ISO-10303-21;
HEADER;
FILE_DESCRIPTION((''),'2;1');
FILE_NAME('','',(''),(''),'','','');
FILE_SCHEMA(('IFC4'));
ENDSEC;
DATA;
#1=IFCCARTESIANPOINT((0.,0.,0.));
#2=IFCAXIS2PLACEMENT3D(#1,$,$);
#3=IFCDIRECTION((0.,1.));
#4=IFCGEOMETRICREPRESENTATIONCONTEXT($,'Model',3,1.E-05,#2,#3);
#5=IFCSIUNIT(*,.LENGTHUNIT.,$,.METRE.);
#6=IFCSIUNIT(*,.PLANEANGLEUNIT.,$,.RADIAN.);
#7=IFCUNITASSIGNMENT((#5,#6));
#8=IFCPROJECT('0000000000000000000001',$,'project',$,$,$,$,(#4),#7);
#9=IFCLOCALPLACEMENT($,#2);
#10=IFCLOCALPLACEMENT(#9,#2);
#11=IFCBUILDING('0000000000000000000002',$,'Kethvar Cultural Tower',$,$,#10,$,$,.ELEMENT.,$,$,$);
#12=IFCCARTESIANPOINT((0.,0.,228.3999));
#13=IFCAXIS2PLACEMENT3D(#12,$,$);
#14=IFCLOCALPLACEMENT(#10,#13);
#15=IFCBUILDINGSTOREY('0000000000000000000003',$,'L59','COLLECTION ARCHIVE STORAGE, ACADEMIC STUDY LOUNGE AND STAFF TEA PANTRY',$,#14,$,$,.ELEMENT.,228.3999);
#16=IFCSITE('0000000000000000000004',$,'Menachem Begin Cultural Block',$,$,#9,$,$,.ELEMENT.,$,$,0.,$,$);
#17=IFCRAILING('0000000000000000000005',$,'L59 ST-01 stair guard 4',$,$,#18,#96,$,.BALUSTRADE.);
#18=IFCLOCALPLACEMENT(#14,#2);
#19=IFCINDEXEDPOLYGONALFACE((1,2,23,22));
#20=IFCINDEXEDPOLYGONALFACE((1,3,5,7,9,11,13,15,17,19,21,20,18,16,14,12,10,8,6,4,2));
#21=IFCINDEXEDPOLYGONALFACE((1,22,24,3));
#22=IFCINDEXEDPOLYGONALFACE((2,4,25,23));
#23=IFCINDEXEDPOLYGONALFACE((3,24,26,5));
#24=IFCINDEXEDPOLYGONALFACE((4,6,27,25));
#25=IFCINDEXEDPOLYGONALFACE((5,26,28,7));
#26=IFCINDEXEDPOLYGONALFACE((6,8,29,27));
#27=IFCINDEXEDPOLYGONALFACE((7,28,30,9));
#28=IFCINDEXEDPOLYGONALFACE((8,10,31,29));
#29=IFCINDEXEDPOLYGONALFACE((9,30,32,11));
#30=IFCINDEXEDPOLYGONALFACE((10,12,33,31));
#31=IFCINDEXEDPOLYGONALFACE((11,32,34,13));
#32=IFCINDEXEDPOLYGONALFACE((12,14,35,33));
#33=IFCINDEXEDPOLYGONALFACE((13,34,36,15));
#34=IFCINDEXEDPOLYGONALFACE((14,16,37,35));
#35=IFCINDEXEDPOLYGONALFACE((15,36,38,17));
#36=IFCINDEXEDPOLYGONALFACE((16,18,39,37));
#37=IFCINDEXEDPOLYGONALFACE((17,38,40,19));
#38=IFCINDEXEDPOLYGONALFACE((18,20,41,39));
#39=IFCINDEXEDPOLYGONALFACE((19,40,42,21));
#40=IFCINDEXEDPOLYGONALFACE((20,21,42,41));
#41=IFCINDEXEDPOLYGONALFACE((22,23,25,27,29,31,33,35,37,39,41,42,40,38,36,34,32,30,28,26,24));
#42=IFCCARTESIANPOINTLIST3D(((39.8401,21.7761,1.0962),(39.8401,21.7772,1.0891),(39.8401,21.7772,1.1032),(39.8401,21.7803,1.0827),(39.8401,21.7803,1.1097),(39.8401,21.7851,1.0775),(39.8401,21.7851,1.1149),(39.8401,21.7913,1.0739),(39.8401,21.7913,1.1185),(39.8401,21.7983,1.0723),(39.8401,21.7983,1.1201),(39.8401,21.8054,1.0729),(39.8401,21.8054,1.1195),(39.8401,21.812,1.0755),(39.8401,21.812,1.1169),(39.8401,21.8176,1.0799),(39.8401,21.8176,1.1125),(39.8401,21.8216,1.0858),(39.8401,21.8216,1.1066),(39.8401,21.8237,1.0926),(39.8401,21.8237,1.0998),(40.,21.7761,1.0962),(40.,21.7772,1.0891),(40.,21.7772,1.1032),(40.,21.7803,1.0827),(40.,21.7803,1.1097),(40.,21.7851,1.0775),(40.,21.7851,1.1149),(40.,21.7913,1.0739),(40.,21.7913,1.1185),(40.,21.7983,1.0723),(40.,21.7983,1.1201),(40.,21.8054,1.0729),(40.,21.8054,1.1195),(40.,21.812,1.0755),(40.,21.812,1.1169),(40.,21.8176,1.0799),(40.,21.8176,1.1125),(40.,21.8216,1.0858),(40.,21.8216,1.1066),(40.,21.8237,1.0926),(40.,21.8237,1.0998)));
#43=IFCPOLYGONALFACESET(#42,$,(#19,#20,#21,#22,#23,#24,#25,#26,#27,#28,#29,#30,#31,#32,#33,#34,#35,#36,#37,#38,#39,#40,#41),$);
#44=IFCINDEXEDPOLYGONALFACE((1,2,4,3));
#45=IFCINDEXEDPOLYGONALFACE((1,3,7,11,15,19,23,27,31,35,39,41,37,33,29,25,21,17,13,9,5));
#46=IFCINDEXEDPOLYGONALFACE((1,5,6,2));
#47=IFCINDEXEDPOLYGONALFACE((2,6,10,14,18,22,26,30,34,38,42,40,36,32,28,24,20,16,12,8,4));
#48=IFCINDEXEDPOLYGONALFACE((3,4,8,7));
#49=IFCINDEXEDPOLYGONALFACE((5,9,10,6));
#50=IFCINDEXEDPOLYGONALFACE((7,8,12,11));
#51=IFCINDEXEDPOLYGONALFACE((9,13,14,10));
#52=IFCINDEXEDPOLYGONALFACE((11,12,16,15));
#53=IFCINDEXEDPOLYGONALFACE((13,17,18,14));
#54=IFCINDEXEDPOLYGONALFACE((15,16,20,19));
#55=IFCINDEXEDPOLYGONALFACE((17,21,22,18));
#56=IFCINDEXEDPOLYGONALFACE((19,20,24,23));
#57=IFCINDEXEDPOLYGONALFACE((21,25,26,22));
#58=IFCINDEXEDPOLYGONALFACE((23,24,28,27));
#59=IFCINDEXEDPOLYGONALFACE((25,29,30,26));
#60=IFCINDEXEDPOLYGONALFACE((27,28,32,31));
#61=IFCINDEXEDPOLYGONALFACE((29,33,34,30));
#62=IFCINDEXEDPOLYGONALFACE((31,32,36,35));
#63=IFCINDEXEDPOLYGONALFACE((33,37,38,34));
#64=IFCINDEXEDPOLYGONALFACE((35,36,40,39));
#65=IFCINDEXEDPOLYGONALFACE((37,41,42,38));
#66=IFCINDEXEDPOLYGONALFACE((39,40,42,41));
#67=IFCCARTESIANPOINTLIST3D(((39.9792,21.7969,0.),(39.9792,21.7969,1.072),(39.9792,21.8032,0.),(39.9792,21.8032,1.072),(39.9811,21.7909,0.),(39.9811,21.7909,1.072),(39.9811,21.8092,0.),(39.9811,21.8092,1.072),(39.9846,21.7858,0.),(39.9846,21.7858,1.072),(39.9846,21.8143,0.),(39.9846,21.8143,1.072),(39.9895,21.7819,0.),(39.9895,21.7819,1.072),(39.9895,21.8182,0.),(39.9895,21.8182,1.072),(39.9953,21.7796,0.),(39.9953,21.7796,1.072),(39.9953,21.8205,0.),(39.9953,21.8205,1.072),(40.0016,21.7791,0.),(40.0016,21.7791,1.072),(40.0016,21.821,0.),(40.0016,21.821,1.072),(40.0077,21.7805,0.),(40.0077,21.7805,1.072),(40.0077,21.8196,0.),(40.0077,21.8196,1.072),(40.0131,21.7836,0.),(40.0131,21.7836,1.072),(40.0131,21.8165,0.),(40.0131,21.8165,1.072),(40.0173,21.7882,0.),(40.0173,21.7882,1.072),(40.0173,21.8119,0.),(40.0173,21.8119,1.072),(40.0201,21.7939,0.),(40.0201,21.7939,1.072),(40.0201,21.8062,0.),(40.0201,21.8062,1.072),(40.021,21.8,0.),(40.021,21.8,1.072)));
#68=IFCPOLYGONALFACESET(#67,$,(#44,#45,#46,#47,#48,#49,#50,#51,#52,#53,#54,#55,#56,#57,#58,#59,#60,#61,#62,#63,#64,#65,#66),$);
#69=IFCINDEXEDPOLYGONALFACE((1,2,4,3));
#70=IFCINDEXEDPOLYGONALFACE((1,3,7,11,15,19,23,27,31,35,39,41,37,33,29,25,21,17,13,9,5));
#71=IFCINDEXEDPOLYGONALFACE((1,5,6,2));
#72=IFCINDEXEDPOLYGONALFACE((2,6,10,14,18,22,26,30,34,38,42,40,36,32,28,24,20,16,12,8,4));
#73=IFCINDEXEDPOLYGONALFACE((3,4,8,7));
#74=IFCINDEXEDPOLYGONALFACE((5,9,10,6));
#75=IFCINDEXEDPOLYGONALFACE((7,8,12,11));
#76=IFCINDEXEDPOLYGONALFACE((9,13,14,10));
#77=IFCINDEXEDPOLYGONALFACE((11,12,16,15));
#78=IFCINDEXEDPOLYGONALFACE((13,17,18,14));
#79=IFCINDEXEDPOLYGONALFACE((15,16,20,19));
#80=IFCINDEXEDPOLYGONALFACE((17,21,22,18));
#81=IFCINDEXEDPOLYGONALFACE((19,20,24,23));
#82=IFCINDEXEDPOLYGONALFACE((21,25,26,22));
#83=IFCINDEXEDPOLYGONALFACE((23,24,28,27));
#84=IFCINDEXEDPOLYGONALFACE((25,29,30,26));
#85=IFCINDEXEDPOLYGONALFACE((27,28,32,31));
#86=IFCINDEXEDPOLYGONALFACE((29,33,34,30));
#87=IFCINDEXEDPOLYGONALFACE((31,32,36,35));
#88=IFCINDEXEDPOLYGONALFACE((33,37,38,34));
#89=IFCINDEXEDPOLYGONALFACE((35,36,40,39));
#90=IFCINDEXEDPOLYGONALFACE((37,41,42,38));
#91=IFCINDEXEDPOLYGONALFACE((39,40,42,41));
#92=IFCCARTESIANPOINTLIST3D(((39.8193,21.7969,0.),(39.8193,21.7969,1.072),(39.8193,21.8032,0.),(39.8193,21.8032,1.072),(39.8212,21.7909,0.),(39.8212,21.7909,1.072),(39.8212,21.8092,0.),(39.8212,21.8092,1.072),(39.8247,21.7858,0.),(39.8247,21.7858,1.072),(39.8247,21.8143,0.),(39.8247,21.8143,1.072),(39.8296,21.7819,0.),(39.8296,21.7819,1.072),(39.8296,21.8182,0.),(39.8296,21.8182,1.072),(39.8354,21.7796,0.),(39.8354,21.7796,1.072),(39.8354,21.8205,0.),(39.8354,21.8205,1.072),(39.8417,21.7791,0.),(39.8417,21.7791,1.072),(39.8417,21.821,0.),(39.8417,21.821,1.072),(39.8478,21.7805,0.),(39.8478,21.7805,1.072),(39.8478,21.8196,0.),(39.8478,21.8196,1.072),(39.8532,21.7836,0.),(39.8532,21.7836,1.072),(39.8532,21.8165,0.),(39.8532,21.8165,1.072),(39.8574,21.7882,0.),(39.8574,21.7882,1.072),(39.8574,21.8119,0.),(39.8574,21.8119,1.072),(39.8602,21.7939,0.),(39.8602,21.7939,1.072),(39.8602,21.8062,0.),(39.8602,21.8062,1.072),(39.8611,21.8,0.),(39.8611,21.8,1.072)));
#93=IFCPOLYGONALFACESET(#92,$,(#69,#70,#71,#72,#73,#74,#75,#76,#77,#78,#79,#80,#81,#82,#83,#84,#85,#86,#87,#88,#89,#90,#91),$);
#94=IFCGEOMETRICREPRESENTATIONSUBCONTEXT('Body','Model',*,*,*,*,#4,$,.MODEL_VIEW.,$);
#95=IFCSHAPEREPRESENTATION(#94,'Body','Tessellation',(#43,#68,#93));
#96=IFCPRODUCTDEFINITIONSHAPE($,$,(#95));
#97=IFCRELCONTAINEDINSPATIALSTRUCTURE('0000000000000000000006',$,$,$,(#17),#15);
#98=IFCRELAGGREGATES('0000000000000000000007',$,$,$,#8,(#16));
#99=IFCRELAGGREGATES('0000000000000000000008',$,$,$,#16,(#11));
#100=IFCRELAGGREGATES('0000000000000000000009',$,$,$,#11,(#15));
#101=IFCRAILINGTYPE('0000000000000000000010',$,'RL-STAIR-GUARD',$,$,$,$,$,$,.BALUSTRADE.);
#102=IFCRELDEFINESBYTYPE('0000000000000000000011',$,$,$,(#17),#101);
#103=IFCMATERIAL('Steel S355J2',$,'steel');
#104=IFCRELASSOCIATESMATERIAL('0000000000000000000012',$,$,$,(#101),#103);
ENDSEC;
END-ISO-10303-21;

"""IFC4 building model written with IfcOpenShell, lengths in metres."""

from ifc_helpers import new_model, si_unit, direction, frame, origin, origin_2d, place, context, subcontext, project, spatial, circle, extrude, material, type_object, element, save


model = new_model("IFC4")

# Units and contexts
model_context = context("Model", 3, precision=1e-05, world=origin(), true_north=direction((0.0, 1.0)))
body_context = subcontext(model_context, "Body", "Model", "MODEL_VIEW")
ifc_project = project(units=[si_unit("LENGTHUNIT", "METRE"), si_unit("PLANEANGLEUNIT", "RADIAN")], contexts=[model_context])

# Site, building, storey
site_placement = place(None, origin())
site = spatial("IfcSite", under=ifc_project, at=site_placement, Name="Menachem Begin Cultural Block", CompositionType="ELEMENT", RefElevation=0.0)
building_placement = place(site_placement, origin())
building = spatial("IfcBuilding", under=site, at=building_placement, Name="Kethvar Cultural Tower", CompositionType="ELEMENT")
storey_placement = place(building_placement, frame((0.0, 0.0, 228.3999)))
storey = spatial("IfcBuildingStorey", under=building, at=storey_placement, Name="L59", Description="COLLECTION ARCHIVE STORAGE, ACADEMIC STUDY LOUNGE AND STAFF TEA PANTRY", CompositionType="ELEMENT", Elevation=228.3999)

# Shared definitions
ifc_material_1 = material(Name="Steel S355J2", Category="steel")

# Railing
railing_type_1 = type_object("IfcRailingType", Name="RL-STAIR-GUARD", PredefinedType="BALUSTRADE", material=ifc_material_1)
railing_1_placement = place(storey_placement, frame((40.0, 21.8, 0.0)))
element("IfcRailing", 1, at=railing_1_placement, inside=storey, type_object=railing_type_1, Name="L59 ST-01 stair guard 4", PredefinedType="BALUSTRADE", context=body_context, shape_type="SweptSolid", body=[
    extrude(circle(Radius=0.0239, at=origin_2d()), frame((0.0, 0.0, 1.0962), z_axis=(-1.0, 0.0, 0.0), x_axis=(0.0, -1.0, 0.0)), (0.0, 0.0, 1.0), 0.1599),
    extrude(circle(Radius=0.021, at=origin_2d()), origin(), (0.0, 0.0, 1.0), 1.072),
    extrude(circle(Radius=0.021, at=origin_2d()), frame((-0.1599, 0.0, 0.0)), (0.0, 0.0, 1.0), 1.072),
])

save(model, "model.ifc")
